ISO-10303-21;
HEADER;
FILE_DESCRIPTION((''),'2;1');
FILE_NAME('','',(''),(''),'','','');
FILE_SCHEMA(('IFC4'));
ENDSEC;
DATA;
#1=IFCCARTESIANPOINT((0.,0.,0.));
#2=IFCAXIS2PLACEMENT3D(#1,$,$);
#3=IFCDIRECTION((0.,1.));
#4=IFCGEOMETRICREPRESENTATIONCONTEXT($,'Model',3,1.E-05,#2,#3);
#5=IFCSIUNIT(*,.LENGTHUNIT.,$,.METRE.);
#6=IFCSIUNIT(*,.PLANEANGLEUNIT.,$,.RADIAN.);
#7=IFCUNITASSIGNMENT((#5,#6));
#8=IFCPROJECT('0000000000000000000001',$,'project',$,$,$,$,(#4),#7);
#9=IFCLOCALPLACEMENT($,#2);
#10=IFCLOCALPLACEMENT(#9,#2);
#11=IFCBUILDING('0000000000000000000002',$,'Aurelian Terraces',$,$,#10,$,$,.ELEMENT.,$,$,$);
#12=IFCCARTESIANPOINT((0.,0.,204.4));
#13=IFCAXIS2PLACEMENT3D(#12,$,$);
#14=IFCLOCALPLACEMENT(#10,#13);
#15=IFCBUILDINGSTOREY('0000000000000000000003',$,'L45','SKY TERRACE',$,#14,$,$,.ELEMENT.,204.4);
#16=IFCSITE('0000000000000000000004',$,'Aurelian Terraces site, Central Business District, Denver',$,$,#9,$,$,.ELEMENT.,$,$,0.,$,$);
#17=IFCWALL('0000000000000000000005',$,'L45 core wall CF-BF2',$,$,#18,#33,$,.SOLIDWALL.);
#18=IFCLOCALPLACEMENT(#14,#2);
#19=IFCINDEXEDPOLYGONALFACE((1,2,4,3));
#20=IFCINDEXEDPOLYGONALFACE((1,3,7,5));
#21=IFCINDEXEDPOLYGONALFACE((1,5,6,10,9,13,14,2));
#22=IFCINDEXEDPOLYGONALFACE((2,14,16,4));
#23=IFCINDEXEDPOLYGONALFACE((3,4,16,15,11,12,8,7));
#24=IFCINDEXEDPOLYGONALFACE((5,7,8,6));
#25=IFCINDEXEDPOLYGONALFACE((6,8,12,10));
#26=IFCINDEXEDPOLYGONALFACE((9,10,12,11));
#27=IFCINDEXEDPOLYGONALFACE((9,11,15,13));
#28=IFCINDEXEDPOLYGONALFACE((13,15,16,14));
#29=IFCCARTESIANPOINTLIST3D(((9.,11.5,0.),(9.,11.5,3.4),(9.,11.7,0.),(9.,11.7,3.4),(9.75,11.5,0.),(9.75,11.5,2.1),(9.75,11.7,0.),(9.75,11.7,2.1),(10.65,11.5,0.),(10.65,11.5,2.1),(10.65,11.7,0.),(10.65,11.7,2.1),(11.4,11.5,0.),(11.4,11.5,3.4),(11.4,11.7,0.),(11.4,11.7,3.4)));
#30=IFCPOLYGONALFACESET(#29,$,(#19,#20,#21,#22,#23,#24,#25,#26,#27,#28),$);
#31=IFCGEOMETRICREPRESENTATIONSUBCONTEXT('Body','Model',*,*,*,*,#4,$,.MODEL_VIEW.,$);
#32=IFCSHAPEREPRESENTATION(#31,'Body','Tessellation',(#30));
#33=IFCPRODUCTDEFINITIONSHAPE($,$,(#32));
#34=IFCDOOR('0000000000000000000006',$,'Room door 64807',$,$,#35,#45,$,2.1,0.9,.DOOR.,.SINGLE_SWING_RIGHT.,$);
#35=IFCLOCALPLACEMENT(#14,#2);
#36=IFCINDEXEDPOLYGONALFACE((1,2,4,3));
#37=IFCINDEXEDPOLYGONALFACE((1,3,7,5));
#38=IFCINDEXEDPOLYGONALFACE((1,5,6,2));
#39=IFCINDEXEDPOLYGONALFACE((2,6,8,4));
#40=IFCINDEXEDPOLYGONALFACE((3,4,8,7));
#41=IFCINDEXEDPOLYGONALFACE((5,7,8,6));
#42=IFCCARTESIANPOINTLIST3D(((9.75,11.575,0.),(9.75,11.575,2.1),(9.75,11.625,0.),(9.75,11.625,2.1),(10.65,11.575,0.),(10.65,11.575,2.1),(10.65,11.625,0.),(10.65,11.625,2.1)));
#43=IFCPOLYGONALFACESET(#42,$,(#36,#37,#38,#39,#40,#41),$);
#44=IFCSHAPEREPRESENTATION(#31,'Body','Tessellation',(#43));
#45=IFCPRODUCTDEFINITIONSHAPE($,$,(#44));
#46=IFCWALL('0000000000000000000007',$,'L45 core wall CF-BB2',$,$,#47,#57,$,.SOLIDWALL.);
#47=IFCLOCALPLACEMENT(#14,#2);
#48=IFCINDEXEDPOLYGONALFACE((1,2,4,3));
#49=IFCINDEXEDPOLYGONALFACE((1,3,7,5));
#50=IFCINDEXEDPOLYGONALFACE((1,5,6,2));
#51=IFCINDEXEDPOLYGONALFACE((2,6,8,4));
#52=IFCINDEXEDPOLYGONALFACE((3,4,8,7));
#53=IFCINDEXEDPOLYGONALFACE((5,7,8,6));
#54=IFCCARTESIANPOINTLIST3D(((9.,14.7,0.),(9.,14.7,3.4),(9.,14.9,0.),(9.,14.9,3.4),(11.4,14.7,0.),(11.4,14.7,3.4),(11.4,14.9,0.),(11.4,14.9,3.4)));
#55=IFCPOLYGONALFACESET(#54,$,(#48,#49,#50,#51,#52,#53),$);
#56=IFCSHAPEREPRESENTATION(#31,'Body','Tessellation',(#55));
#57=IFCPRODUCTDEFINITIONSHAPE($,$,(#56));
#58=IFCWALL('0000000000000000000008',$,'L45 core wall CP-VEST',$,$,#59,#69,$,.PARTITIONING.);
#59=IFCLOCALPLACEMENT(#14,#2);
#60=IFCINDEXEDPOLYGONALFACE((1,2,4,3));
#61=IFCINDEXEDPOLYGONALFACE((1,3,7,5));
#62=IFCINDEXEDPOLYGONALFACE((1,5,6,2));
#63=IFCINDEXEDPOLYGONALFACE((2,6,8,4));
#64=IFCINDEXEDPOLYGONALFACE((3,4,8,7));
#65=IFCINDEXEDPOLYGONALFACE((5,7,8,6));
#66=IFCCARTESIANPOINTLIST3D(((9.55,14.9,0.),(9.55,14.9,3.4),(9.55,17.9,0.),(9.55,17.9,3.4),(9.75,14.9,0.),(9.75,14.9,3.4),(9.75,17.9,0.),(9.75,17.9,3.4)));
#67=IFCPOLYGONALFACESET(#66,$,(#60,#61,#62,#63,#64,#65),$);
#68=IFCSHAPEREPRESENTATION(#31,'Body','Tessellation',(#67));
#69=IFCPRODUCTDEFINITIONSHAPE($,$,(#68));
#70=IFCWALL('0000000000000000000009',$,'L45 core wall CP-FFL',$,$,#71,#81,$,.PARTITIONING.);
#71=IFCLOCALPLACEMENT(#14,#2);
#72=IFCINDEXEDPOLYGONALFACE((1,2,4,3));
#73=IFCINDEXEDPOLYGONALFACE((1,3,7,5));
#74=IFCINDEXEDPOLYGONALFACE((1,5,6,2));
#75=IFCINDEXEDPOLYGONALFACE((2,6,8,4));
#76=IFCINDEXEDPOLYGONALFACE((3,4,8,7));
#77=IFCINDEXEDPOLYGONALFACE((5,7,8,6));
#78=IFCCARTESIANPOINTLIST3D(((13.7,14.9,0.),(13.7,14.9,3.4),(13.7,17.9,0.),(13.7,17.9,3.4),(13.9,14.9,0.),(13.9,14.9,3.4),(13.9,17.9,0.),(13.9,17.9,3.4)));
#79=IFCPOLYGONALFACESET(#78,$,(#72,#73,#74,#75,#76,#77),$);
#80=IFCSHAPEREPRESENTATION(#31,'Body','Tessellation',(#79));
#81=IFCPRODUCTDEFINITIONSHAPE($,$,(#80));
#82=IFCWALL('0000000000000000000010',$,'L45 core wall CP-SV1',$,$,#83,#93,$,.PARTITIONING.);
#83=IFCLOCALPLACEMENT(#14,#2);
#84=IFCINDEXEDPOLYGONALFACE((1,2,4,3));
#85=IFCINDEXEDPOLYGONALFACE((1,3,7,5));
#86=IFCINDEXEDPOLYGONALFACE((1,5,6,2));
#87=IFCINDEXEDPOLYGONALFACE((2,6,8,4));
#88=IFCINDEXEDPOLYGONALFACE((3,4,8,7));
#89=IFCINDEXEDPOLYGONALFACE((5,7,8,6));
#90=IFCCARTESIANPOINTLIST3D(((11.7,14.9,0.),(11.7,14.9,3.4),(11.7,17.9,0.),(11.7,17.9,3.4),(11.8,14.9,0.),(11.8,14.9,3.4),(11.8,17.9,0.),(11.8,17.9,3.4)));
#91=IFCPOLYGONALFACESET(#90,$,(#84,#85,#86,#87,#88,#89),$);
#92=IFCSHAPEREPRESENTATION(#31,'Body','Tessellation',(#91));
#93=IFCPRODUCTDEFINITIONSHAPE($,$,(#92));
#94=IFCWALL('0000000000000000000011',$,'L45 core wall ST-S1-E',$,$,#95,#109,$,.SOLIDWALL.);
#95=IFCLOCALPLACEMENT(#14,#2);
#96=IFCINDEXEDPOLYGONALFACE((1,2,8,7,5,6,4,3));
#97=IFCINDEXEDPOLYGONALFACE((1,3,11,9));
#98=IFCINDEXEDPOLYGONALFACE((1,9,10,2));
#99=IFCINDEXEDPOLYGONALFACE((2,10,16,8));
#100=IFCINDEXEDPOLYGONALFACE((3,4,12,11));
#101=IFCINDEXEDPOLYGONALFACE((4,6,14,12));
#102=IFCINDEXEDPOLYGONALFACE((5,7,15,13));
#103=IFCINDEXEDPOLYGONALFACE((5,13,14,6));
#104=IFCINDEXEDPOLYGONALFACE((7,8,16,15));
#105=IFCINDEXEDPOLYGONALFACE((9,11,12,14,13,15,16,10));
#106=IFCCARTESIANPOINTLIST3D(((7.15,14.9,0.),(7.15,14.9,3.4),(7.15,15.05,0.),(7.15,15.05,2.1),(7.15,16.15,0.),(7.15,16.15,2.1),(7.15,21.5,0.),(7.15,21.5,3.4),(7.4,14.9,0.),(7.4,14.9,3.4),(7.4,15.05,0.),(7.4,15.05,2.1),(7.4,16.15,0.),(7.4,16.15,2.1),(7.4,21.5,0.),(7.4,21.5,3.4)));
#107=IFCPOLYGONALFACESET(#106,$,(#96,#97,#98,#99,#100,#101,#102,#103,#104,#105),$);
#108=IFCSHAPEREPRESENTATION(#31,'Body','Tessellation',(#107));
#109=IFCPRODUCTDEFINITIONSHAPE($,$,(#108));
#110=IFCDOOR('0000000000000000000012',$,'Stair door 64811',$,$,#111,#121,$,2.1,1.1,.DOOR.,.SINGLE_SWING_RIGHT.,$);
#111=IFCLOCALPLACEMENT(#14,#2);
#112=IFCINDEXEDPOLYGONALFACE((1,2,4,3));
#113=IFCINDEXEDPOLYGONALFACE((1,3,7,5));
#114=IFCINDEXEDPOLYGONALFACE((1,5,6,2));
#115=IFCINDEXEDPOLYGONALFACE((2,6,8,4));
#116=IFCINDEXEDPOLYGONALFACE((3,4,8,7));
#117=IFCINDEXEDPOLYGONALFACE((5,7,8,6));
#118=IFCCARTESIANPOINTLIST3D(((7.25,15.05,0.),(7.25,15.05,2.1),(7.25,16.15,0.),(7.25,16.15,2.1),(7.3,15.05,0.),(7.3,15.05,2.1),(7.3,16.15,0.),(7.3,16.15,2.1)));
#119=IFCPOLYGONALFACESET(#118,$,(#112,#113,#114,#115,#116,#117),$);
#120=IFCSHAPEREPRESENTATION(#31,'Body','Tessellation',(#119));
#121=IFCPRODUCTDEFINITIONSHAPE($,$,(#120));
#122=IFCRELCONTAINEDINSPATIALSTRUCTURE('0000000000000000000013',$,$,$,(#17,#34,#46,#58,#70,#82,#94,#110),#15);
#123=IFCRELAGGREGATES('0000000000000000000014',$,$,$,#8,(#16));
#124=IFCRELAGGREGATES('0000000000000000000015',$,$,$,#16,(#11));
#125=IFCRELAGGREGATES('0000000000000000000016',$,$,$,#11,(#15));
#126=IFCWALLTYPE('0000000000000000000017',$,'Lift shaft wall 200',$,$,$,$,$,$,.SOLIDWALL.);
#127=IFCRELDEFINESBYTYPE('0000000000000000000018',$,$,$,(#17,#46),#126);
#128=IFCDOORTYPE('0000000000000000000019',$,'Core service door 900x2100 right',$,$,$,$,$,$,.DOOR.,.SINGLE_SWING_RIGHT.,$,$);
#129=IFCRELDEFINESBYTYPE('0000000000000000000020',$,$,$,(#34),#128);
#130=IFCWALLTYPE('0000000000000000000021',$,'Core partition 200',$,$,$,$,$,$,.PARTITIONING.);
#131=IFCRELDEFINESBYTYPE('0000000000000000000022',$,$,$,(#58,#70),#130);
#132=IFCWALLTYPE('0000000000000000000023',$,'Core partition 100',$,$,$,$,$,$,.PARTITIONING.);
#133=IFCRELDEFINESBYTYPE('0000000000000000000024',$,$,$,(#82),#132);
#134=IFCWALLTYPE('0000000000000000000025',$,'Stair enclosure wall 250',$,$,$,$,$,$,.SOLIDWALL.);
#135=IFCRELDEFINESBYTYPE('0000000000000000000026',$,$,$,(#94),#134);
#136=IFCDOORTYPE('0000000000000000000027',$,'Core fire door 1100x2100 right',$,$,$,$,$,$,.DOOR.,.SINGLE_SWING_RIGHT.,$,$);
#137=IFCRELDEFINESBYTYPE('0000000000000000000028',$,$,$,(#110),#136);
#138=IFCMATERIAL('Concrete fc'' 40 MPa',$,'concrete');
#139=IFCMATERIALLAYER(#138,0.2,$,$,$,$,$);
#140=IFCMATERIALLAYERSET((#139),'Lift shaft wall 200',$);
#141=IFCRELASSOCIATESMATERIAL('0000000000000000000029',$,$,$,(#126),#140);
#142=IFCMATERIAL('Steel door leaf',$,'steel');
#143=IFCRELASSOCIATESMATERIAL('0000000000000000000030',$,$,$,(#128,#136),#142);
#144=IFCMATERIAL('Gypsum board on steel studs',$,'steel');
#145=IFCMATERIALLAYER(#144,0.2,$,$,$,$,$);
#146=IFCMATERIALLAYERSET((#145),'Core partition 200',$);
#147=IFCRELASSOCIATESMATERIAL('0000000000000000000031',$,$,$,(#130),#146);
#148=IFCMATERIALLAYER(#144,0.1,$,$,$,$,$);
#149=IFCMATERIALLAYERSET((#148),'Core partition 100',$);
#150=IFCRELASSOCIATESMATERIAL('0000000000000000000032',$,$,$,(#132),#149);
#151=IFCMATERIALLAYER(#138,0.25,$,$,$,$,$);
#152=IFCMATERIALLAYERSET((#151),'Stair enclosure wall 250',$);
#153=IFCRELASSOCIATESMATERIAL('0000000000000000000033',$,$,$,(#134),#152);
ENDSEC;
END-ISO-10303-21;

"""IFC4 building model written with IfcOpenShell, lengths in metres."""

from ifc_helpers import new_model, si_unit, direction, frame, frame_2d, origin, place, context, subcontext, project, spatial, rectangle, extrude, source, transform, mapped, material, layer, layer_set, type_object, element, fill, save


model = new_model("IFC4")

# Units and contexts
model_context = context("Model", 3, precision=1e-05, world=origin(), true_north=direction((0.0, 1.0)))
body_context = subcontext(model_context, "Body", "Model", "MODEL_VIEW")
ifc_project = project(units=[si_unit("LENGTHUNIT", "METRE"), si_unit("PLANEANGLEUNIT", "RADIAN")], contexts=[model_context])

# Site, building, storey
site_placement = place(None, origin())
site = spatial("IfcSite", under=ifc_project, at=site_placement, Name="Aurelian Terraces site, Central Business District, Denver", CompositionType="ELEMENT", RefElevation=0.0)
building_placement = place(site_placement, origin())
building = spatial("IfcBuilding", under=site, at=building_placement, Name="Aurelian Terraces", CompositionType="ELEMENT")
storey_placement = place(building_placement, frame((0.0, 0.0, 204.4)))
storey = spatial("IfcBuildingStorey", under=building, at=storey_placement, Name="L45", Description="SKY TERRACE", CompositionType="ELEMENT", Elevation=204.4)

# Shared definitions
ifc_material_1 = material(Name="Concrete fc' 40 MPa", Category="concrete")
ifc_layer_1 = layer(ifc_material_1, 0.2)
ifc_layer_set_1 = layer_set([ifc_layer_1], Name="Lift shaft wall 200")
wall_type_1 = type_object("IfcWallType", Name="Lift shaft wall 200", PredefinedType="SOLIDWALL", material=ifc_layer_set_1)

# Shared definitions
shared_shape_1 = source(origin(), body_context, "Body", "SweptSolid", [
    extrude(rectangle(XDim=1.1, YDim=2.1, at=frame_2d((0.55, 1.05))), frame((0.0, 0.025, 0.0), z_axis=(0.0, -1.0, 0.0), x_axis=(1.0, 0.0, 0.0)), (0.0, 0.0, 1.0), 0.05),
])

# Wall, opening, door
shared_shape_2 = source(origin(), body_context, "Body", "SweptSolid", [
    extrude(rectangle(XDim=2.4, YDim=0.2, at=frame_2d((1.2, 0.0))), origin(), (0.0, 0.0, 1.0), 3.4),
])
wall_1_placement = place(storey_placement, frame((9.0, 11.6, 0.0), z_axis=(0.0, 0.0, 1.0), x_axis=(1.0, 0.0, 0.0)))
wall_1 = element("IfcWall", 1, at=wall_1_placement, inside=storey, type_object=wall_type_1, Name="L45 core wall CF-BF2", PredefinedType="SOLIDWALL", context=body_context, shape_type="MappedRepresentation", body=[
    mapped(shared_shape_2, transform((0.0, 0.0, 0.0), scale=1.0)),
])
shared_shape_3 = source(origin(), body_context, "Body", "SweptSolid", [
    extrude(rectangle(XDim=0.9, YDim=2.1, at=frame_2d((0.45, 1.05))), frame((0.0, 0.11, 0.0), z_axis=(0.0, -1.0, 0.0), x_axis=(1.0, 0.0, 0.0)), (0.0, 0.0, 1.0), 0.22),
])
opening_1_placement = place(wall_1_placement, frame((0.75, 0.0, 0.0)))
opening_1 = element("IfcOpeningElement", 2, at=opening_1_placement, cuts=wall_1, PredefinedType="OPENING", context=body_context, shape_type="MappedRepresentation", body=[
    mapped(shared_shape_3, transform((0.0, 0.0, 0.0), scale=1.0)),
])
ifc_material_2 = material(Name="Steel door leaf", Category="steel")
door_type_1 = type_object("IfcDoorType", Name="Core service door 900x2100 right", OperationType="SINGLE_SWING_RIGHT", PredefinedType="DOOR", material=ifc_material_2)
shared_shape_4 = source(origin(), body_context, "Body", "SweptSolid", [
    extrude(rectangle(XDim=0.9, YDim=2.1, at=frame_2d((0.45, 1.05))), frame((0.0, 0.025, 0.0), z_axis=(0.0, -1.0, 0.0), x_axis=(1.0, 0.0, 0.0)), (0.0, 0.0, 1.0), 0.05),
])
door_1_placement = place(opening_1_placement, origin())
door_1 = element("IfcDoor", 3, at=door_1_placement, inside=storey, type_object=door_type_1, Name="Room door 64807", OperationType="SINGLE_SWING_RIGHT", OverallHeight=2.1, OverallWidth=0.9, PredefinedType="DOOR", context=body_context, shape_type="MappedRepresentation", body=[
    mapped(shared_shape_4, transform((0.0, 0.0, 0.0), scale=1.0)),
])
fill(opening_1, door_1)

# Walls
wall_2_placement = place(storey_placement, frame((9.0, 14.8, 0.0), z_axis=(0.0, 0.0, 1.0), x_axis=(1.0, 0.0, 0.0)))
element("IfcWall", 4, at=wall_2_placement, inside=storey, type_object=wall_type_1, Name="L45 core wall CF-BB2", PredefinedType="SOLIDWALL", context=body_context, shape_type="MappedRepresentation", body=[
    mapped(shared_shape_2, transform((0.0, 0.0, 0.0), scale=1.0)),
])
ifc_material_3 = material(Name="Gypsum board on steel studs", Category="steel")
ifc_layer_2 = layer(ifc_material_3, 0.2)
ifc_layer_set_2 = layer_set([ifc_layer_2], Name="Core partition 200")
wall_type_2 = type_object("IfcWallType", Name="Core partition 200", PredefinedType="PARTITIONING", material=ifc_layer_set_2)
shared_shape_5 = source(origin(), body_context, "Body", "SweptSolid", [
    extrude(rectangle(XDim=3.0, YDim=0.2, at=frame_2d((1.5, 0.0))), origin(), (0.0, 0.0, 1.0), 3.4),
])
for number, where, z_axis, x_axis, name in (
    (5, (9.65, 14.9, 0.0), (0.0, 0.0, 1.0), (0.0, 1.0, 0.0), "L45 core wall CP-VEST"),
    (6, (13.8, 14.9, 0.0), (0.0, 0.0, 1.0), (0.0, 1.0, 0.0), "L45 core wall CP-FFL"),
):
    element("IfcWall", number, at=place(storey_placement, frame(where, z_axis=z_axis, x_axis=x_axis)), inside=storey, type_object=wall_type_2, Name=name, PredefinedType="PARTITIONING", context=body_context, shape_type="MappedRepresentation", body=[
        mapped(shared_shape_5, transform((0.0, 0.0, 0.0), scale=1.0)),
    ])
ifc_layer_3 = layer(ifc_material_3, 0.1)
ifc_layer_set_3 = layer_set([ifc_layer_3], Name="Core partition 100")
wall_type_3 = type_object("IfcWallType", Name="Core partition 100", PredefinedType="PARTITIONING", material=ifc_layer_set_3)
shared_shape_6 = source(origin(), body_context, "Body", "SweptSolid", [
    extrude(rectangle(XDim=3.0, YDim=0.1, at=frame_2d((1.5, 0.0))), origin(), (0.0, 0.0, 1.0), 3.4),
])
wall_3_placement = place(storey_placement, frame((11.75, 14.9, 0.0), z_axis=(0.0, 0.0, 1.0), x_axis=(0.0, 1.0, 0.0)))
element("IfcWall", 7, at=wall_3_placement, inside=storey, type_object=wall_type_3, Name="L45 core wall CP-SV1", PredefinedType="PARTITIONING", context=body_context, shape_type="MappedRepresentation", body=[
    mapped(shared_shape_6, transform((0.0, 0.0, 0.0), scale=1.0)),
])

# Wall, opening, door
ifc_layer_4 = layer(ifc_material_1, 0.25)
ifc_layer_set_4 = layer_set([ifc_layer_4], Name="Stair enclosure wall 250")
wall_type_4 = type_object("IfcWallType", Name="Stair enclosure wall 250", PredefinedType="SOLIDWALL", material=ifc_layer_set_4)
shared_shape_7 = source(origin(), body_context, "Body", "SweptSolid", [
    extrude(rectangle(XDim=6.6, YDim=0.25, at=frame_2d((3.3, 0.0))), origin(), (0.0, 0.0, 1.0), 3.4),
])
wall_4_placement = place(storey_placement, frame((7.275, 14.9, 0.0), z_axis=(0.0, 0.0, 1.0), x_axis=(0.0, 1.0, 0.0)))
wall_4 = element("IfcWall", 8, at=wall_4_placement, inside=storey, type_object=wall_type_4, Name="L45 core wall ST-S1-E", PredefinedType="SOLIDWALL", context=body_context, shape_type="MappedRepresentation", body=[
    mapped(shared_shape_7, transform((0.0, 0.0, 0.0), scale=1.0)),
])
shared_shape_8 = source(origin(), body_context, "Body", "SweptSolid", [
    extrude(rectangle(XDim=1.1, YDim=2.1, at=frame_2d((0.55, 1.05))), frame((0.0, 0.135, 0.0), z_axis=(0.0, -1.0, 0.0), x_axis=(1.0, 0.0, 0.0)), (0.0, 0.0, 1.0), 0.27),
])
opening_2_placement = place(wall_4_placement, frame((0.15, 0.0, 0.0)))
opening_2 = element("IfcOpeningElement", 9, at=opening_2_placement, cuts=wall_4, PredefinedType="OPENING", context=body_context, shape_type="MappedRepresentation", body=[
    mapped(shared_shape_8, transform((0.0, 0.0, 0.0), scale=1.0)),
])
door_type_2 = type_object("IfcDoorType", Name="Core fire door 1100x2100 right", OperationType="SINGLE_SWING_RIGHT", PredefinedType="DOOR", material=ifc_material_2)
door_2_placement = place(opening_2_placement, origin())
door_2 = element("IfcDoor", 10, at=door_2_placement, inside=storey, type_object=door_type_2, Name="Stair door 64811", OperationType="SINGLE_SWING_RIGHT", OverallHeight=2.1, OverallWidth=1.1, PredefinedType="DOOR", context=body_context, shape_type="MappedRepresentation", body=[
    mapped(shared_shape_1, transform((0.0, 0.0, 0.0), scale=1.0)),
])
fill(opening_2, door_2)

save(model, "model.ifc")
